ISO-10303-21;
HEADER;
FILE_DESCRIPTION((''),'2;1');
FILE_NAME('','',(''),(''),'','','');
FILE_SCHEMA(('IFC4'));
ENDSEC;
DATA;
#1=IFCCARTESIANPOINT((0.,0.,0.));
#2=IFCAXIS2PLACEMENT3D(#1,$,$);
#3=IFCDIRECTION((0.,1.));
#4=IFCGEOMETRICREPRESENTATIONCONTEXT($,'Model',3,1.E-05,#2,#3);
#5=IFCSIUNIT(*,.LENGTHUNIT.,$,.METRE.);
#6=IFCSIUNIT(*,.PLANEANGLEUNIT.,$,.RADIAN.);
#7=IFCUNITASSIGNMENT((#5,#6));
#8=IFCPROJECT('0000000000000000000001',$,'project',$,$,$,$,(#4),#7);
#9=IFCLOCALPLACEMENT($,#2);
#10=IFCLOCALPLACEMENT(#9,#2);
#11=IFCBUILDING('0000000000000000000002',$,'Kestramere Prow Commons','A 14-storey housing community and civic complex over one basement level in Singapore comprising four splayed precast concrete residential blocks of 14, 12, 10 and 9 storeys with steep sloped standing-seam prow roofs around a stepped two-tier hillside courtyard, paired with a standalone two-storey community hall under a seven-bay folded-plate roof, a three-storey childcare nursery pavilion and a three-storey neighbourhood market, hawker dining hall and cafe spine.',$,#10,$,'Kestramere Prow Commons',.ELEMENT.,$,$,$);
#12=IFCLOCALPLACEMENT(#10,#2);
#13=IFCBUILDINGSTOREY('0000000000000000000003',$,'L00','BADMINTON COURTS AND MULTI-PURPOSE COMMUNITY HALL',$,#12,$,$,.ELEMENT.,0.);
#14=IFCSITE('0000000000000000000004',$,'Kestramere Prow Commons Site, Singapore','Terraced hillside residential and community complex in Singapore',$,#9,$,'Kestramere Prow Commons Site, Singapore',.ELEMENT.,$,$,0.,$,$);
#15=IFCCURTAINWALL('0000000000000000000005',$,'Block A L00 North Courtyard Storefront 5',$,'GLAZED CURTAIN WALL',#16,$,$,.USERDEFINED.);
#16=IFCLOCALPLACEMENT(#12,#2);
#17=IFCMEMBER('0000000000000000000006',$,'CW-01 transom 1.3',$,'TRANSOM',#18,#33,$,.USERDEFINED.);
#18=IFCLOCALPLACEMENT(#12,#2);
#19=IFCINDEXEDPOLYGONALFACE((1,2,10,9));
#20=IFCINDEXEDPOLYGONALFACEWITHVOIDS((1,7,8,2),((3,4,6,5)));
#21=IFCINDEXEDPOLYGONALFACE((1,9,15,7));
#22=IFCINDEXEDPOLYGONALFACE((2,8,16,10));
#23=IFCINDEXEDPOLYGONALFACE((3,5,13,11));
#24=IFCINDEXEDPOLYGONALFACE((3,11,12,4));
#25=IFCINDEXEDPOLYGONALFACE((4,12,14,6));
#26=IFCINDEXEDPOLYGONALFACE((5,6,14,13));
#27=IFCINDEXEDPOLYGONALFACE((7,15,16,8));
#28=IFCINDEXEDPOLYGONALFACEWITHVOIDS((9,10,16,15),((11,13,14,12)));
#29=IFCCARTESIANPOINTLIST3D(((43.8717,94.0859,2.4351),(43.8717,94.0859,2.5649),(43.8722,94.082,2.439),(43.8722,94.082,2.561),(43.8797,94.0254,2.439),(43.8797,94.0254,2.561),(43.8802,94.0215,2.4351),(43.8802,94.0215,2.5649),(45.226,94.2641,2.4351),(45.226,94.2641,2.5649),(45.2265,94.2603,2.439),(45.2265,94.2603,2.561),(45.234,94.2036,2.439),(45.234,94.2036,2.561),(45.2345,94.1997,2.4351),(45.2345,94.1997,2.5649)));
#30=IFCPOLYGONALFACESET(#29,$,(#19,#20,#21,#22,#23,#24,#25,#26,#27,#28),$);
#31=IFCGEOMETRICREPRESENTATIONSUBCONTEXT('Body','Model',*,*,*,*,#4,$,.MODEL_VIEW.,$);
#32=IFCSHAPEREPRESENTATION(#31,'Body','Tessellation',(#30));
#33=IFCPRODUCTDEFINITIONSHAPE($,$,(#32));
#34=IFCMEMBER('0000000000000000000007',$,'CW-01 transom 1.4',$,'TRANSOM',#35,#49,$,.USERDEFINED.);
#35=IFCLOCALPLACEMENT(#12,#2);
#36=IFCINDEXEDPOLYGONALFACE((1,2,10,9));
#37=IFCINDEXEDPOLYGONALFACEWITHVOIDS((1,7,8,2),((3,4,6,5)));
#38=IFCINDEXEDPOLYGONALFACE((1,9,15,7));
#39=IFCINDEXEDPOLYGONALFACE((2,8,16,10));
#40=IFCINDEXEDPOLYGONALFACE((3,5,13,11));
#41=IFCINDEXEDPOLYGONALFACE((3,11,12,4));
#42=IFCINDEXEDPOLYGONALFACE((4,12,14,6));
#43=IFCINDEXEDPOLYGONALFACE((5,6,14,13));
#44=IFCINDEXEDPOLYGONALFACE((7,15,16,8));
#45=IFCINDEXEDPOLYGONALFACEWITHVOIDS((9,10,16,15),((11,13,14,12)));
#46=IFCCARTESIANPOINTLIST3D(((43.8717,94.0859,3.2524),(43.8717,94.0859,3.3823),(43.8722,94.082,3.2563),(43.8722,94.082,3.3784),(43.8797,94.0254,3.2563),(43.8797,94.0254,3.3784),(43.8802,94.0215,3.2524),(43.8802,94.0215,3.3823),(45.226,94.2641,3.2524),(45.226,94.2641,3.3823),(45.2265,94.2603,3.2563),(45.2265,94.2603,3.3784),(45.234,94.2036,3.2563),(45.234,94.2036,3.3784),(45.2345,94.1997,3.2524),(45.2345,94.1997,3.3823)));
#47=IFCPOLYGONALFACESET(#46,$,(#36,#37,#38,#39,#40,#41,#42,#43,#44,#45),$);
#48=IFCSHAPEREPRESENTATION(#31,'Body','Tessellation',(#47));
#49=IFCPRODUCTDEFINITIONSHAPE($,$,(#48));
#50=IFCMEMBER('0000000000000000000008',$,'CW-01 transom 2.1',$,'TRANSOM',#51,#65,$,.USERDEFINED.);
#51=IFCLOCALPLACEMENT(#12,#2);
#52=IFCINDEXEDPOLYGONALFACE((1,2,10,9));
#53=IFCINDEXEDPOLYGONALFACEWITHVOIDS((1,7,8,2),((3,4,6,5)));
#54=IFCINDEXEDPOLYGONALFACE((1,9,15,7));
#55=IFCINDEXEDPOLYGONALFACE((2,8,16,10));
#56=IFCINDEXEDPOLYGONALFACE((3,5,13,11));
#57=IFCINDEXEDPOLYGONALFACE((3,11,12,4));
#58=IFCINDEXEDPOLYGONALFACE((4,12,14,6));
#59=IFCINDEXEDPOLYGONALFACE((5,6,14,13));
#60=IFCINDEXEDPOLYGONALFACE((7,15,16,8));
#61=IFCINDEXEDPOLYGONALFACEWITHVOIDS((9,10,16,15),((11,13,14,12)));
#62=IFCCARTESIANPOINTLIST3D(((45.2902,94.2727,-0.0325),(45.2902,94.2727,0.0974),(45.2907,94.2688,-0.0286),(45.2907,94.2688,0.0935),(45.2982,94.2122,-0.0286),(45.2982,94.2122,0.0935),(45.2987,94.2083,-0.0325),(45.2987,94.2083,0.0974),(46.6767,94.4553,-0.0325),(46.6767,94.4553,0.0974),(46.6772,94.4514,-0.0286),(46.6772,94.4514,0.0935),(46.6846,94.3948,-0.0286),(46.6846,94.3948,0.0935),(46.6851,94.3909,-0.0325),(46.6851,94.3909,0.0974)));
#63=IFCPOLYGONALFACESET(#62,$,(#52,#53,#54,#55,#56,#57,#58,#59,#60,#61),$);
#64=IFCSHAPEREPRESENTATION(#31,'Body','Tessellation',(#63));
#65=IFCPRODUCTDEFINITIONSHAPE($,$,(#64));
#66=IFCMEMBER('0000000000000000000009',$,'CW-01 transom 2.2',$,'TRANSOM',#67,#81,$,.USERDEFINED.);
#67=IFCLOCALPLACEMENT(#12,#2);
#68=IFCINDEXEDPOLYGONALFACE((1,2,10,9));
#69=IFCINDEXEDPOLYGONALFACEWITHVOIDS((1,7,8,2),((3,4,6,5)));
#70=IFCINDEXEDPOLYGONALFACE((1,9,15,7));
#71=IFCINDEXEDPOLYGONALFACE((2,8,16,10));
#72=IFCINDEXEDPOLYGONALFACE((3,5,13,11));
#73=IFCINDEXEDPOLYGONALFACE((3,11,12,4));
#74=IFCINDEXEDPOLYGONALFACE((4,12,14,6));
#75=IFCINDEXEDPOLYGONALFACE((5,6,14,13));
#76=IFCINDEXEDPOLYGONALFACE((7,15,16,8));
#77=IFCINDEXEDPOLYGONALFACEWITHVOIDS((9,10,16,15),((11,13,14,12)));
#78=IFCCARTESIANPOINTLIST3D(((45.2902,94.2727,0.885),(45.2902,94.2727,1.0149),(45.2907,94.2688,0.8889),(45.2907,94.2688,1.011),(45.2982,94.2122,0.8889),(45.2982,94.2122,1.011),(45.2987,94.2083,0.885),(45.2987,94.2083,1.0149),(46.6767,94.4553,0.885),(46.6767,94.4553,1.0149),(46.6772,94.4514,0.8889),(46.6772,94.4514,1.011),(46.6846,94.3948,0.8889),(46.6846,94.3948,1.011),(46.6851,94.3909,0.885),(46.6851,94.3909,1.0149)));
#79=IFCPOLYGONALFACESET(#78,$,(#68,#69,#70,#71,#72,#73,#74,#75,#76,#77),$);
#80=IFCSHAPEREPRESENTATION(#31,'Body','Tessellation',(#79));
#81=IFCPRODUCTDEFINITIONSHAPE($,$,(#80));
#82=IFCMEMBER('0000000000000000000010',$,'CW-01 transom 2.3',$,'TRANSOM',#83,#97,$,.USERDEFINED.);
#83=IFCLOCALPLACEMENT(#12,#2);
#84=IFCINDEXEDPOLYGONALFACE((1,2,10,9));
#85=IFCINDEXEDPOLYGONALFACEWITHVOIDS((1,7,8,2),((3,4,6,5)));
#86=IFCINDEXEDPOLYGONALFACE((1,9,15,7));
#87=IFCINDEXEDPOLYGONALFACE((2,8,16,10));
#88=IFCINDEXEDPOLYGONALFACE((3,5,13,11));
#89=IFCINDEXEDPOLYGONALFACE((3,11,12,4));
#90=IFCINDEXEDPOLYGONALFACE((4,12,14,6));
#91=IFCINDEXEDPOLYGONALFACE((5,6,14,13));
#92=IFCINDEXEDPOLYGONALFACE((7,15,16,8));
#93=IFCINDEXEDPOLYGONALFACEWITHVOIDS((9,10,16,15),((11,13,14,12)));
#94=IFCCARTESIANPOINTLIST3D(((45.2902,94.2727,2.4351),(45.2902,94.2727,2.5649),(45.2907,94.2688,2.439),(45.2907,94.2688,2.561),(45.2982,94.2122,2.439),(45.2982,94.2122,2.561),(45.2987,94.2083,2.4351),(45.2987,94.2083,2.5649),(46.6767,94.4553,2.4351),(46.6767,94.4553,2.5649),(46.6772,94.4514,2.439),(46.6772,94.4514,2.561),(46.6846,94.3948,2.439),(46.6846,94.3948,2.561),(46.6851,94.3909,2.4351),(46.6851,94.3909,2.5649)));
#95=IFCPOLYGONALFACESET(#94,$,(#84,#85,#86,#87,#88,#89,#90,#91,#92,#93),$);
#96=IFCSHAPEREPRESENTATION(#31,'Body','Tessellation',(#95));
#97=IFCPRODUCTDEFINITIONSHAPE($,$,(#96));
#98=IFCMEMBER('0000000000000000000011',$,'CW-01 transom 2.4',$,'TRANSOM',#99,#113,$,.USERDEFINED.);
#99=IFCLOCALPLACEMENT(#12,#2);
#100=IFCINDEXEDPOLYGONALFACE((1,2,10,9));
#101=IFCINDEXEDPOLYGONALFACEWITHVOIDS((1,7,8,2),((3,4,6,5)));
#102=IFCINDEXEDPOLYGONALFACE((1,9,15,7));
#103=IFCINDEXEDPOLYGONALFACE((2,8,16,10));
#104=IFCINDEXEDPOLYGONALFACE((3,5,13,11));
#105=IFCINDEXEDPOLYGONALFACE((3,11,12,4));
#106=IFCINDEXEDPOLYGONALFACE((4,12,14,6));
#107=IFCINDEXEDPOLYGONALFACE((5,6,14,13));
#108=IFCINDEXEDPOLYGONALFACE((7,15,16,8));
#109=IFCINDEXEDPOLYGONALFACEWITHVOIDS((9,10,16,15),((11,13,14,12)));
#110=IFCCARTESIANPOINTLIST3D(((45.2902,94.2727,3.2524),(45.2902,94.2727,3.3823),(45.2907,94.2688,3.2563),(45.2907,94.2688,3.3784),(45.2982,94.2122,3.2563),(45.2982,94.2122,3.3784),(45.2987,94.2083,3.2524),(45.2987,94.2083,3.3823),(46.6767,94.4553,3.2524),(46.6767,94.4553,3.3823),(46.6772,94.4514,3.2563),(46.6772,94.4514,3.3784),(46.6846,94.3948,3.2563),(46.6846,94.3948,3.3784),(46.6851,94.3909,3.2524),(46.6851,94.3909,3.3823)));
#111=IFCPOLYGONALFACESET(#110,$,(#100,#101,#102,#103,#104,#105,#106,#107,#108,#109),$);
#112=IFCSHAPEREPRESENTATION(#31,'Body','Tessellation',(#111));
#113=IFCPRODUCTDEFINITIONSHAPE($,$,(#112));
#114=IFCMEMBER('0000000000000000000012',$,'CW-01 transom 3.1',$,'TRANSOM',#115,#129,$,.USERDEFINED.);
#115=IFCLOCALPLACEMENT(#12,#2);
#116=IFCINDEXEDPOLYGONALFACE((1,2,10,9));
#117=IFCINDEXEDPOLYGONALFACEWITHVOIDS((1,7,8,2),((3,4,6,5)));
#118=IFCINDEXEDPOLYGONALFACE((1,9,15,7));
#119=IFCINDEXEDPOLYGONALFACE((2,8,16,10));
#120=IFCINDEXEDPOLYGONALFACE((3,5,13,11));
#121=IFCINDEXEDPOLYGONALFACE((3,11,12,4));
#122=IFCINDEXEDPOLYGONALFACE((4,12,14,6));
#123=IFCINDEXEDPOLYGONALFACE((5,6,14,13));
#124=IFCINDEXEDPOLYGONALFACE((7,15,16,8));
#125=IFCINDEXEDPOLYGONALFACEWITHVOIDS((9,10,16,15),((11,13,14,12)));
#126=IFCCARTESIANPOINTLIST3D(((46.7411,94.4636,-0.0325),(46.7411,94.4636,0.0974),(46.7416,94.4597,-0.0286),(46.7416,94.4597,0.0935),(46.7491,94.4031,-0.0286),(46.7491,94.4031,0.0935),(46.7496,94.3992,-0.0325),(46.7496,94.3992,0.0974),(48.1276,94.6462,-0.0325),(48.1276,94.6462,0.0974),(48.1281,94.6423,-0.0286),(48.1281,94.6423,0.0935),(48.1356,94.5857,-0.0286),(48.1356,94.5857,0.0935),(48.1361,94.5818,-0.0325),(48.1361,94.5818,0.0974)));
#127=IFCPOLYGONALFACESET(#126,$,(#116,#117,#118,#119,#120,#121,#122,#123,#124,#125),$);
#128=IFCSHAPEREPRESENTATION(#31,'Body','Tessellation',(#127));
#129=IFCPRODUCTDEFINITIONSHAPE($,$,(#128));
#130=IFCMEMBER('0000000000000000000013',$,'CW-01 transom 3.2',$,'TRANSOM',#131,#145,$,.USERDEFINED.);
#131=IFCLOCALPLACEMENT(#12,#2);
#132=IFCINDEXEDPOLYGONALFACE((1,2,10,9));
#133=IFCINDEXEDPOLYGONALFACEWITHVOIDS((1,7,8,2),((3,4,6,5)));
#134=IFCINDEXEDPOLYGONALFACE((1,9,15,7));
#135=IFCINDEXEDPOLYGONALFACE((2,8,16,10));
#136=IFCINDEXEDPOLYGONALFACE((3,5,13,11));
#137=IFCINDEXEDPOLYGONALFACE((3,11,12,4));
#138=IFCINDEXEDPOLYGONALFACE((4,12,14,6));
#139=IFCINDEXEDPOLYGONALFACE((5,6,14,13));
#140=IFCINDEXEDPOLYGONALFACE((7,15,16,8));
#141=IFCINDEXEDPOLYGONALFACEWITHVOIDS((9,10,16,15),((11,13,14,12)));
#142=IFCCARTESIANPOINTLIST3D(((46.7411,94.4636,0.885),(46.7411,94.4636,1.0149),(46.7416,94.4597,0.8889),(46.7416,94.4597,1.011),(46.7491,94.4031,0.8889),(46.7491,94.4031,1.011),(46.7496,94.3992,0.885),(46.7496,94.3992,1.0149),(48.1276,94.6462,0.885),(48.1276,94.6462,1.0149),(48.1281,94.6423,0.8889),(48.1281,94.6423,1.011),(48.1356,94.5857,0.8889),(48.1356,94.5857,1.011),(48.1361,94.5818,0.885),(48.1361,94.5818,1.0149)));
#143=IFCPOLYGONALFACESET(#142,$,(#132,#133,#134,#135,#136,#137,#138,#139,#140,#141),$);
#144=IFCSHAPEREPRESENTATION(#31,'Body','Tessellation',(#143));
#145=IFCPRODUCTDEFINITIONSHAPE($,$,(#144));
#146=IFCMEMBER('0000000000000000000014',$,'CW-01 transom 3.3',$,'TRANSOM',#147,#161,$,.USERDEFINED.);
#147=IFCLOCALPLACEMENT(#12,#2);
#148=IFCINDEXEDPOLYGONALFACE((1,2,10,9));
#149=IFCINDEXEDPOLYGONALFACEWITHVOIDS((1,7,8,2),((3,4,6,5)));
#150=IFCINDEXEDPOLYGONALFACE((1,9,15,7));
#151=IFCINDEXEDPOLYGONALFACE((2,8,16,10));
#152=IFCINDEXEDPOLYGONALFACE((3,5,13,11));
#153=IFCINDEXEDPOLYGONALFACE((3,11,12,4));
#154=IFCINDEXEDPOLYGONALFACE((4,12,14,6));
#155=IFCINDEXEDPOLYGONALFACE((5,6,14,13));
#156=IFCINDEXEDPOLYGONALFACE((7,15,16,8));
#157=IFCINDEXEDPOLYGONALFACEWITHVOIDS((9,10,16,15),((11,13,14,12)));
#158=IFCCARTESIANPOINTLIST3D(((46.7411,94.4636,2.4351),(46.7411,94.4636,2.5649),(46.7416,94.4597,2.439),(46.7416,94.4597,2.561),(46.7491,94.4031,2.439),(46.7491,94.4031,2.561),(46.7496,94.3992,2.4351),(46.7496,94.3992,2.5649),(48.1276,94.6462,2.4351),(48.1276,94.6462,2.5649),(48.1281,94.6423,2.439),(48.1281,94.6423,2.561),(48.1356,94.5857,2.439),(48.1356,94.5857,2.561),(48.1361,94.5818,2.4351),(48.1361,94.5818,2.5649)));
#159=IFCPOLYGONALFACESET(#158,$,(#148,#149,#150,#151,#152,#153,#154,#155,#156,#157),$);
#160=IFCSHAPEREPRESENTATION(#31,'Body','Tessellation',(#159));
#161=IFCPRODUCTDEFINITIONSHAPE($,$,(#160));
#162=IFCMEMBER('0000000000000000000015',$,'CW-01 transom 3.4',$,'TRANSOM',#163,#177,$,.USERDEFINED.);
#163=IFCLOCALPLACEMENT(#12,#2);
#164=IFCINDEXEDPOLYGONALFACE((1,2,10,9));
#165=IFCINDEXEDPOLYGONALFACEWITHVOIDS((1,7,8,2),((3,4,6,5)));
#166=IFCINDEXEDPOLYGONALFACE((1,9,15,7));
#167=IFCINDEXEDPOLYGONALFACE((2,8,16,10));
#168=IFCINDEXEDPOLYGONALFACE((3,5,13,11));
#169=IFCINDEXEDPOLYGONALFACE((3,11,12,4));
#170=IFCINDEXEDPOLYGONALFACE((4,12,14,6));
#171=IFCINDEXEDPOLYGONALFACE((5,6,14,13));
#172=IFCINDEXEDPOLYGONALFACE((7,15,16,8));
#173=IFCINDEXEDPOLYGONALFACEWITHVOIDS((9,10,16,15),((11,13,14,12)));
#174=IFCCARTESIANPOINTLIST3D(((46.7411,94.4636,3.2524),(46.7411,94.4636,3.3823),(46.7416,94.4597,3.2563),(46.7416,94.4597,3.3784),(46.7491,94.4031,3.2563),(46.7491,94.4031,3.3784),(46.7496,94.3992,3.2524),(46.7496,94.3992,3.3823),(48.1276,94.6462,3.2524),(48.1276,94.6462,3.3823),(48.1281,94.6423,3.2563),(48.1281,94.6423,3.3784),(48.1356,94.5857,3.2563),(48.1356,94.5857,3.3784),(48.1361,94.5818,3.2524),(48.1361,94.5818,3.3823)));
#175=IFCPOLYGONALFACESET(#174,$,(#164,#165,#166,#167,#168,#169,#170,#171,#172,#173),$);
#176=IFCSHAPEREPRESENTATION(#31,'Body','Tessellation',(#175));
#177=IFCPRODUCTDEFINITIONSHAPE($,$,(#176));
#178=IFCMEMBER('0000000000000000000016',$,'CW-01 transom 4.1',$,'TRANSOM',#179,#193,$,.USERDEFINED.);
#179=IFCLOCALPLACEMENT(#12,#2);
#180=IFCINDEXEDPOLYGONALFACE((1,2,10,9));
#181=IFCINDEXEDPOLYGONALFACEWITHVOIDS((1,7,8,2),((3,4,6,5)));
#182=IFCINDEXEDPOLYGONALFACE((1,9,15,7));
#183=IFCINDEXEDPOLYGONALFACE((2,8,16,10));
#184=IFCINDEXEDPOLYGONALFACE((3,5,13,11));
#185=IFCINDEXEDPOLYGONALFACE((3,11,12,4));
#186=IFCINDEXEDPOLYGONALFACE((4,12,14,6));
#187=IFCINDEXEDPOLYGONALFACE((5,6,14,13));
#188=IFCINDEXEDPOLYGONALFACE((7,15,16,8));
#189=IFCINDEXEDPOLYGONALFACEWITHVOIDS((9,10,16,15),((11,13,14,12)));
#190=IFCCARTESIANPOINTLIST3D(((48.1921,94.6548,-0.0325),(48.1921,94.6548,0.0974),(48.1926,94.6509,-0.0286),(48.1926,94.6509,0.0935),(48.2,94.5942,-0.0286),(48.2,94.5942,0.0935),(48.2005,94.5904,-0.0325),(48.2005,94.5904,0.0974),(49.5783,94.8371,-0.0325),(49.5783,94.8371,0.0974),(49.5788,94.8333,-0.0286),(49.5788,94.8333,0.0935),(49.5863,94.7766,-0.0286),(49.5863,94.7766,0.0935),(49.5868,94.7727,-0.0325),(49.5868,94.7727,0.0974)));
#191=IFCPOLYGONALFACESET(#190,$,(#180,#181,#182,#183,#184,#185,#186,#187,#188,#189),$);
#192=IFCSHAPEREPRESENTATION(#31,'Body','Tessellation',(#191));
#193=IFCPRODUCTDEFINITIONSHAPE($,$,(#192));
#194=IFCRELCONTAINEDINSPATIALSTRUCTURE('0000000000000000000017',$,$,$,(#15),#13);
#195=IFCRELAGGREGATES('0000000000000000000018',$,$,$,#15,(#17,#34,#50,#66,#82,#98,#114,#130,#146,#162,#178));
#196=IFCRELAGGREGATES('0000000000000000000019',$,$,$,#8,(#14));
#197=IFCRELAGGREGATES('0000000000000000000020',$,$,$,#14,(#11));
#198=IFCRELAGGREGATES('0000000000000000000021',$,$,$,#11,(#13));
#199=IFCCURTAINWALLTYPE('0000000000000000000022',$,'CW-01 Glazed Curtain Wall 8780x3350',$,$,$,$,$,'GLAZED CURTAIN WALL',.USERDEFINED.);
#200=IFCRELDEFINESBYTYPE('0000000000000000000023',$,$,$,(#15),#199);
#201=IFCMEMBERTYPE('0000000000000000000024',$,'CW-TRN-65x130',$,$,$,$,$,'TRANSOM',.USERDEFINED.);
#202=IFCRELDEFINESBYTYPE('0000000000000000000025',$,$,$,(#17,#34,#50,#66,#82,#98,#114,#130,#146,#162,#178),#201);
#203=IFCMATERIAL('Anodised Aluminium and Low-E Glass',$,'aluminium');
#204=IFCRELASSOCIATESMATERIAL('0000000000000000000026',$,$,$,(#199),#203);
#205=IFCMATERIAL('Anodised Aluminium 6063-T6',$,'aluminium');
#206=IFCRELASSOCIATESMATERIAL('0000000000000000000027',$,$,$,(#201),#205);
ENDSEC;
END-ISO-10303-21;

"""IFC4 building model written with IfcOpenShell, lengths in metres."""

from ifc_helpers import new_model, si_unit, direction, frame, origin, origin_2d, place, context, subcontext, project, spatial, hollow_rectangle, extrude, material, material_profile, profile_set, type_object, element, aggregate, save


model = new_model("IFC4")

# Units and contexts
model_context = context("Model", 3, precision=1e-05, world=origin(), true_north=direction((0.0, 1.0)))
body_context = subcontext(model_context, "Body", "Model", "MODEL_VIEW")
ifc_project = project(units=[si_unit("LENGTHUNIT", "METRE"), si_unit("PLANEANGLEUNIT", "RADIAN")], contexts=[model_context])

# Site, building, storey
site_placement = place(None, origin())
site = spatial("IfcSite", under=ifc_project, at=site_placement, Name="Kestramere Prow Commons Site, Singapore", Description="Terraced hillside residential and community complex in Singapore", LongName="Kestramere Prow Commons Site, Singapore", CompositionType="ELEMENT", RefElevation=0.0)
building_placement = place(site_placement, origin())
building = spatial("IfcBuilding", under=site, at=building_placement, Name="Kestramere Prow Commons", Description="A 14-storey housing community and civic complex over one basement level in Singapore comprising four splayed precast concrete residential blocks of 14, 12, 10 and 9 storeys with steep sloped standing-seam prow roofs around a stepped two-tier hillside courtyard, paired with a standalone two-storey community hall under a seven-bay folded-plate roof, a three-storey childcare nursery pavilion and a three-storey neighbourhood market, hawker dining hall and cafe spine.", LongName="Kestramere Prow Commons", CompositionType="ELEMENT")
storey_placement = place(building_placement, origin())
storey = spatial("IfcBuildingStorey", under=building, at=storey_placement, Name="L00", Description="BADMINTON COURTS AND MULTI-PURPOSE COMMUNITY HALL", CompositionType="ELEMENT", Elevation=0.0)

# Curtain wall, members
ifc_material_1 = material(Name="Anodised Aluminium and Low-E Glass", Category="aluminium")
curtain_wall_type = type_object("IfcCurtainWallType", Name="CW-01 Glazed Curtain Wall 8780x3350", ElementType="GLAZED CURTAIN WALL", PredefinedType="USERDEFINED", material=ifc_material_1)
curtain_wall_placement = place(storey_placement, origin())
curtain_wall = element("IfcCurtainWall", 1, at=curtain_wall_placement, inside=storey, type_object=curtain_wall_type, Name="Block A L00 North Courtyard Storefront 5", ObjectType="GLAZED CURTAIN WALL", PredefinedType="USERDEFINED")
ifc_material_2 = material(Name="Anodised Aluminium 6063-T6", Category="aluminium")
ifc_material_profile_1 = material_profile(ifc_material_2, hollow_rectangle(XDim=0.0649, YDim=0.1299, WallThickness=0.0039, at=origin_2d()), Name="ALU-TRN 65x130")
ifc_profile_set_1 = profile_set([ifc_material_profile_1], Name="Anodised Aluminium 6063-T6")
member_type_1 = type_object("IfcMemberType", Name="CW-TRN-65x130", ElementType="TRANSOM", PredefinedType="USERDEFINED", material=ifc_profile_set_1)
member_1_placement = place(storey_placement, frame((43.876, 94.0537, 2.5), z_axis=(0.991451, 0.130478, 0.0), x_axis=(-0.130478, 0.991451, 0.0)))
member_1 = element("IfcMember", 2, at=member_1_placement, type_object=member_type_1, Name="CW-01 transom 1.3", ObjectType="TRANSOM", PredefinedType="USERDEFINED", context=body_context, shape_type="SweptSolid", body=[
    extrude(hollow_rectangle(XDim=0.0649, YDim=0.1299, WallThickness=0.0039, at=origin_2d()), origin(), (0.0, 0.0, 1.0), 1.366),
])
member_2_placement = place(storey_placement, frame((43.876, 94.0537, 3.3174), z_axis=(0.991451, 0.130478, 0.0), x_axis=(-0.130478, 0.991451, 0.0)))
member_2 = element("IfcMember", 3, at=member_2_placement, type_object=member_type_1, Name="CW-01 transom 1.4", ObjectType="TRANSOM", PredefinedType="USERDEFINED", context=body_context, shape_type="SweptSolid", body=[
    extrude(hollow_rectangle(XDim=0.0649, YDim=0.1299, WallThickness=0.0039, at=origin_2d()), origin(), (0.0, 0.0, 1.0), 1.366),
])
member_3_placement = place(storey_placement, frame((45.2944, 94.2405, 0.0325), z_axis=(0.991437, 0.130585, 0.0), x_axis=(-0.130585, 0.991437, 0.0)))
member_3 = element("IfcMember", 4, at=member_3_placement, type_object=member_type_1, Name="CW-01 transom 2.1", ObjectType="TRANSOM", PredefinedType="USERDEFINED", context=body_context, shape_type="SweptSolid", body=[
    extrude(hollow_rectangle(XDim=0.0649, YDim=0.1299, WallThickness=0.0039, at=origin_2d()), origin(), (0.0, 0.0, 1.0), 1.3984),
])
member_4_placement = place(storey_placement, frame((45.2944, 94.2405, 0.95), z_axis=(0.991437, 0.130585, 0.0), x_axis=(-0.130585, 0.991437, 0.0)))
member_4 = element("IfcMember", 5, at=member_4_placement, type_object=member_type_1, Name="CW-01 transom 2.2", ObjectType="TRANSOM", PredefinedType="USERDEFINED", context=body_context, shape_type="SweptSolid", body=[
    extrude(hollow_rectangle(XDim=0.0649, YDim=0.1299, WallThickness=0.0039, at=origin_2d()), origin(), (0.0, 0.0, 1.0), 1.3984),
])
member_5_placement = place(storey_placement, frame((45.2944, 94.2405, 2.5), z_axis=(0.991437, 0.130585, 0.0), x_axis=(-0.130585, 0.991437, 0.0)))
member_5 = element("IfcMember", 6, at=member_5_placement, type_object=member_type_1, Name="CW-01 transom 2.3", ObjectType="TRANSOM", PredefinedType="USERDEFINED", context=body_context, shape_type="SweptSolid", body=[
    extrude(hollow_rectangle(XDim=0.0649, YDim=0.1299, WallThickness=0.0039, at=origin_2d()), origin(), (0.0, 0.0, 1.0), 1.3984),
])
member_6_placement = place(storey_placement, frame((45.2944, 94.2405, 3.3174), z_axis=(0.991437, 0.130585, 0.0), x_axis=(-0.130585, 0.991437, 0.0)))
member_6 = element("IfcMember", 7, at=member_6_placement, type_object=member_type_1, Name="CW-01 transom 2.4", ObjectType="TRANSOM", PredefinedType="USERDEFINED", context=body_context, shape_type="SweptSolid", body=[
    extrude(hollow_rectangle(XDim=0.0649, YDim=0.1299, WallThickness=0.0039, at=origin_2d()), origin(), (0.0, 0.0, 1.0), 1.3984),
])
member_7_placement = place(storey_placement, frame((46.7454, 94.4314, 0.0325), z_axis=(0.991437, 0.130585, 0.0), x_axis=(-0.130585, 0.991437, 0.0)))
member_7 = element("IfcMember", 8, at=member_7_placement, type_object=member_type_1, Name="CW-01 transom 3.1", ObjectType="TRANSOM", PredefinedType="USERDEFINED", context=body_context, shape_type="SweptSolid", body=[
    extrude(hollow_rectangle(XDim=0.0649, YDim=0.1299, WallThickness=0.0039, at=origin_2d()), origin(), (0.0, 0.0, 1.0), 1.3984),
])
member_8_placement = place(storey_placement, frame((46.7454, 94.4314, 0.95), z_axis=(0.991437, 0.130585, 0.0), x_axis=(-0.130585, 0.991437, 0.0)))
member_8 = element("IfcMember", 9, at=member_8_placement, type_object=member_type_1, Name="CW-01 transom 3.2", ObjectType="TRANSOM", PredefinedType="USERDEFINED", context=body_context, shape_type="SweptSolid", body=[
    extrude(hollow_rectangle(XDim=0.0649, YDim=0.1299, WallThickness=0.0039, at=origin_2d()), origin(), (0.0, 0.0, 1.0), 1.3984),
])
member_9_placement = place(storey_placement, frame((46.7454, 94.4314, 2.5), z_axis=(0.991437, 0.130585, 0.0), x_axis=(-0.130585, 0.991437, 0.0)))
member_9 = element("IfcMember", 10, at=member_9_placement, type_object=member_type_1, Name="CW-01 transom 3.3", ObjectType="TRANSOM", PredefinedType="USERDEFINED", context=body_context, shape_type="SweptSolid", body=[
    extrude(hollow_rectangle(XDim=0.0649, YDim=0.1299, WallThickness=0.0039, at=origin_2d()), origin(), (0.0, 0.0, 1.0), 1.3984),
])
member_10_placement = place(storey_placement, frame((46.7454, 94.4314, 3.3174), z_axis=(0.991437, 0.130585, 0.0), x_axis=(-0.130585, 0.991437, 0.0)))
member_10 = element("IfcMember", 11, at=member_10_placement, type_object=member_type_1, Name="CW-01 transom 3.4", ObjectType="TRANSOM", PredefinedType="USERDEFINED", context=body_context, shape_type="SweptSolid", body=[
    extrude(hollow_rectangle(XDim=0.0649, YDim=0.1299, WallThickness=0.0039, at=origin_2d()), origin(), (0.0, 0.0, 1.0), 1.3984),
])
member_11_placement = place(storey_placement, frame((48.1963, 94.6226, 0.0325), z_axis=(0.991457, 0.130436, 0.0), x_axis=(-0.130436, 0.991457, 0.0)))
member_11 = element("IfcMember", 12, at=member_11_placement, type_object=member_type_1, Name="CW-01 transom 4.1", ObjectType="TRANSOM", PredefinedType="USERDEFINED", context=body_context, shape_type="SweptSolid", body=[
    extrude(hollow_rectangle(XDim=0.0649, YDim=0.1299, WallThickness=0.0039, at=origin_2d()), origin(), (0.0, 0.0, 1.0), 1.3982),
])
aggregate(curtain_wall, [member_1, member_2, member_3, member_4, member_5, member_6, member_7, member_8, member_9, member_10, member_11])

save(model, "model.ifc")
